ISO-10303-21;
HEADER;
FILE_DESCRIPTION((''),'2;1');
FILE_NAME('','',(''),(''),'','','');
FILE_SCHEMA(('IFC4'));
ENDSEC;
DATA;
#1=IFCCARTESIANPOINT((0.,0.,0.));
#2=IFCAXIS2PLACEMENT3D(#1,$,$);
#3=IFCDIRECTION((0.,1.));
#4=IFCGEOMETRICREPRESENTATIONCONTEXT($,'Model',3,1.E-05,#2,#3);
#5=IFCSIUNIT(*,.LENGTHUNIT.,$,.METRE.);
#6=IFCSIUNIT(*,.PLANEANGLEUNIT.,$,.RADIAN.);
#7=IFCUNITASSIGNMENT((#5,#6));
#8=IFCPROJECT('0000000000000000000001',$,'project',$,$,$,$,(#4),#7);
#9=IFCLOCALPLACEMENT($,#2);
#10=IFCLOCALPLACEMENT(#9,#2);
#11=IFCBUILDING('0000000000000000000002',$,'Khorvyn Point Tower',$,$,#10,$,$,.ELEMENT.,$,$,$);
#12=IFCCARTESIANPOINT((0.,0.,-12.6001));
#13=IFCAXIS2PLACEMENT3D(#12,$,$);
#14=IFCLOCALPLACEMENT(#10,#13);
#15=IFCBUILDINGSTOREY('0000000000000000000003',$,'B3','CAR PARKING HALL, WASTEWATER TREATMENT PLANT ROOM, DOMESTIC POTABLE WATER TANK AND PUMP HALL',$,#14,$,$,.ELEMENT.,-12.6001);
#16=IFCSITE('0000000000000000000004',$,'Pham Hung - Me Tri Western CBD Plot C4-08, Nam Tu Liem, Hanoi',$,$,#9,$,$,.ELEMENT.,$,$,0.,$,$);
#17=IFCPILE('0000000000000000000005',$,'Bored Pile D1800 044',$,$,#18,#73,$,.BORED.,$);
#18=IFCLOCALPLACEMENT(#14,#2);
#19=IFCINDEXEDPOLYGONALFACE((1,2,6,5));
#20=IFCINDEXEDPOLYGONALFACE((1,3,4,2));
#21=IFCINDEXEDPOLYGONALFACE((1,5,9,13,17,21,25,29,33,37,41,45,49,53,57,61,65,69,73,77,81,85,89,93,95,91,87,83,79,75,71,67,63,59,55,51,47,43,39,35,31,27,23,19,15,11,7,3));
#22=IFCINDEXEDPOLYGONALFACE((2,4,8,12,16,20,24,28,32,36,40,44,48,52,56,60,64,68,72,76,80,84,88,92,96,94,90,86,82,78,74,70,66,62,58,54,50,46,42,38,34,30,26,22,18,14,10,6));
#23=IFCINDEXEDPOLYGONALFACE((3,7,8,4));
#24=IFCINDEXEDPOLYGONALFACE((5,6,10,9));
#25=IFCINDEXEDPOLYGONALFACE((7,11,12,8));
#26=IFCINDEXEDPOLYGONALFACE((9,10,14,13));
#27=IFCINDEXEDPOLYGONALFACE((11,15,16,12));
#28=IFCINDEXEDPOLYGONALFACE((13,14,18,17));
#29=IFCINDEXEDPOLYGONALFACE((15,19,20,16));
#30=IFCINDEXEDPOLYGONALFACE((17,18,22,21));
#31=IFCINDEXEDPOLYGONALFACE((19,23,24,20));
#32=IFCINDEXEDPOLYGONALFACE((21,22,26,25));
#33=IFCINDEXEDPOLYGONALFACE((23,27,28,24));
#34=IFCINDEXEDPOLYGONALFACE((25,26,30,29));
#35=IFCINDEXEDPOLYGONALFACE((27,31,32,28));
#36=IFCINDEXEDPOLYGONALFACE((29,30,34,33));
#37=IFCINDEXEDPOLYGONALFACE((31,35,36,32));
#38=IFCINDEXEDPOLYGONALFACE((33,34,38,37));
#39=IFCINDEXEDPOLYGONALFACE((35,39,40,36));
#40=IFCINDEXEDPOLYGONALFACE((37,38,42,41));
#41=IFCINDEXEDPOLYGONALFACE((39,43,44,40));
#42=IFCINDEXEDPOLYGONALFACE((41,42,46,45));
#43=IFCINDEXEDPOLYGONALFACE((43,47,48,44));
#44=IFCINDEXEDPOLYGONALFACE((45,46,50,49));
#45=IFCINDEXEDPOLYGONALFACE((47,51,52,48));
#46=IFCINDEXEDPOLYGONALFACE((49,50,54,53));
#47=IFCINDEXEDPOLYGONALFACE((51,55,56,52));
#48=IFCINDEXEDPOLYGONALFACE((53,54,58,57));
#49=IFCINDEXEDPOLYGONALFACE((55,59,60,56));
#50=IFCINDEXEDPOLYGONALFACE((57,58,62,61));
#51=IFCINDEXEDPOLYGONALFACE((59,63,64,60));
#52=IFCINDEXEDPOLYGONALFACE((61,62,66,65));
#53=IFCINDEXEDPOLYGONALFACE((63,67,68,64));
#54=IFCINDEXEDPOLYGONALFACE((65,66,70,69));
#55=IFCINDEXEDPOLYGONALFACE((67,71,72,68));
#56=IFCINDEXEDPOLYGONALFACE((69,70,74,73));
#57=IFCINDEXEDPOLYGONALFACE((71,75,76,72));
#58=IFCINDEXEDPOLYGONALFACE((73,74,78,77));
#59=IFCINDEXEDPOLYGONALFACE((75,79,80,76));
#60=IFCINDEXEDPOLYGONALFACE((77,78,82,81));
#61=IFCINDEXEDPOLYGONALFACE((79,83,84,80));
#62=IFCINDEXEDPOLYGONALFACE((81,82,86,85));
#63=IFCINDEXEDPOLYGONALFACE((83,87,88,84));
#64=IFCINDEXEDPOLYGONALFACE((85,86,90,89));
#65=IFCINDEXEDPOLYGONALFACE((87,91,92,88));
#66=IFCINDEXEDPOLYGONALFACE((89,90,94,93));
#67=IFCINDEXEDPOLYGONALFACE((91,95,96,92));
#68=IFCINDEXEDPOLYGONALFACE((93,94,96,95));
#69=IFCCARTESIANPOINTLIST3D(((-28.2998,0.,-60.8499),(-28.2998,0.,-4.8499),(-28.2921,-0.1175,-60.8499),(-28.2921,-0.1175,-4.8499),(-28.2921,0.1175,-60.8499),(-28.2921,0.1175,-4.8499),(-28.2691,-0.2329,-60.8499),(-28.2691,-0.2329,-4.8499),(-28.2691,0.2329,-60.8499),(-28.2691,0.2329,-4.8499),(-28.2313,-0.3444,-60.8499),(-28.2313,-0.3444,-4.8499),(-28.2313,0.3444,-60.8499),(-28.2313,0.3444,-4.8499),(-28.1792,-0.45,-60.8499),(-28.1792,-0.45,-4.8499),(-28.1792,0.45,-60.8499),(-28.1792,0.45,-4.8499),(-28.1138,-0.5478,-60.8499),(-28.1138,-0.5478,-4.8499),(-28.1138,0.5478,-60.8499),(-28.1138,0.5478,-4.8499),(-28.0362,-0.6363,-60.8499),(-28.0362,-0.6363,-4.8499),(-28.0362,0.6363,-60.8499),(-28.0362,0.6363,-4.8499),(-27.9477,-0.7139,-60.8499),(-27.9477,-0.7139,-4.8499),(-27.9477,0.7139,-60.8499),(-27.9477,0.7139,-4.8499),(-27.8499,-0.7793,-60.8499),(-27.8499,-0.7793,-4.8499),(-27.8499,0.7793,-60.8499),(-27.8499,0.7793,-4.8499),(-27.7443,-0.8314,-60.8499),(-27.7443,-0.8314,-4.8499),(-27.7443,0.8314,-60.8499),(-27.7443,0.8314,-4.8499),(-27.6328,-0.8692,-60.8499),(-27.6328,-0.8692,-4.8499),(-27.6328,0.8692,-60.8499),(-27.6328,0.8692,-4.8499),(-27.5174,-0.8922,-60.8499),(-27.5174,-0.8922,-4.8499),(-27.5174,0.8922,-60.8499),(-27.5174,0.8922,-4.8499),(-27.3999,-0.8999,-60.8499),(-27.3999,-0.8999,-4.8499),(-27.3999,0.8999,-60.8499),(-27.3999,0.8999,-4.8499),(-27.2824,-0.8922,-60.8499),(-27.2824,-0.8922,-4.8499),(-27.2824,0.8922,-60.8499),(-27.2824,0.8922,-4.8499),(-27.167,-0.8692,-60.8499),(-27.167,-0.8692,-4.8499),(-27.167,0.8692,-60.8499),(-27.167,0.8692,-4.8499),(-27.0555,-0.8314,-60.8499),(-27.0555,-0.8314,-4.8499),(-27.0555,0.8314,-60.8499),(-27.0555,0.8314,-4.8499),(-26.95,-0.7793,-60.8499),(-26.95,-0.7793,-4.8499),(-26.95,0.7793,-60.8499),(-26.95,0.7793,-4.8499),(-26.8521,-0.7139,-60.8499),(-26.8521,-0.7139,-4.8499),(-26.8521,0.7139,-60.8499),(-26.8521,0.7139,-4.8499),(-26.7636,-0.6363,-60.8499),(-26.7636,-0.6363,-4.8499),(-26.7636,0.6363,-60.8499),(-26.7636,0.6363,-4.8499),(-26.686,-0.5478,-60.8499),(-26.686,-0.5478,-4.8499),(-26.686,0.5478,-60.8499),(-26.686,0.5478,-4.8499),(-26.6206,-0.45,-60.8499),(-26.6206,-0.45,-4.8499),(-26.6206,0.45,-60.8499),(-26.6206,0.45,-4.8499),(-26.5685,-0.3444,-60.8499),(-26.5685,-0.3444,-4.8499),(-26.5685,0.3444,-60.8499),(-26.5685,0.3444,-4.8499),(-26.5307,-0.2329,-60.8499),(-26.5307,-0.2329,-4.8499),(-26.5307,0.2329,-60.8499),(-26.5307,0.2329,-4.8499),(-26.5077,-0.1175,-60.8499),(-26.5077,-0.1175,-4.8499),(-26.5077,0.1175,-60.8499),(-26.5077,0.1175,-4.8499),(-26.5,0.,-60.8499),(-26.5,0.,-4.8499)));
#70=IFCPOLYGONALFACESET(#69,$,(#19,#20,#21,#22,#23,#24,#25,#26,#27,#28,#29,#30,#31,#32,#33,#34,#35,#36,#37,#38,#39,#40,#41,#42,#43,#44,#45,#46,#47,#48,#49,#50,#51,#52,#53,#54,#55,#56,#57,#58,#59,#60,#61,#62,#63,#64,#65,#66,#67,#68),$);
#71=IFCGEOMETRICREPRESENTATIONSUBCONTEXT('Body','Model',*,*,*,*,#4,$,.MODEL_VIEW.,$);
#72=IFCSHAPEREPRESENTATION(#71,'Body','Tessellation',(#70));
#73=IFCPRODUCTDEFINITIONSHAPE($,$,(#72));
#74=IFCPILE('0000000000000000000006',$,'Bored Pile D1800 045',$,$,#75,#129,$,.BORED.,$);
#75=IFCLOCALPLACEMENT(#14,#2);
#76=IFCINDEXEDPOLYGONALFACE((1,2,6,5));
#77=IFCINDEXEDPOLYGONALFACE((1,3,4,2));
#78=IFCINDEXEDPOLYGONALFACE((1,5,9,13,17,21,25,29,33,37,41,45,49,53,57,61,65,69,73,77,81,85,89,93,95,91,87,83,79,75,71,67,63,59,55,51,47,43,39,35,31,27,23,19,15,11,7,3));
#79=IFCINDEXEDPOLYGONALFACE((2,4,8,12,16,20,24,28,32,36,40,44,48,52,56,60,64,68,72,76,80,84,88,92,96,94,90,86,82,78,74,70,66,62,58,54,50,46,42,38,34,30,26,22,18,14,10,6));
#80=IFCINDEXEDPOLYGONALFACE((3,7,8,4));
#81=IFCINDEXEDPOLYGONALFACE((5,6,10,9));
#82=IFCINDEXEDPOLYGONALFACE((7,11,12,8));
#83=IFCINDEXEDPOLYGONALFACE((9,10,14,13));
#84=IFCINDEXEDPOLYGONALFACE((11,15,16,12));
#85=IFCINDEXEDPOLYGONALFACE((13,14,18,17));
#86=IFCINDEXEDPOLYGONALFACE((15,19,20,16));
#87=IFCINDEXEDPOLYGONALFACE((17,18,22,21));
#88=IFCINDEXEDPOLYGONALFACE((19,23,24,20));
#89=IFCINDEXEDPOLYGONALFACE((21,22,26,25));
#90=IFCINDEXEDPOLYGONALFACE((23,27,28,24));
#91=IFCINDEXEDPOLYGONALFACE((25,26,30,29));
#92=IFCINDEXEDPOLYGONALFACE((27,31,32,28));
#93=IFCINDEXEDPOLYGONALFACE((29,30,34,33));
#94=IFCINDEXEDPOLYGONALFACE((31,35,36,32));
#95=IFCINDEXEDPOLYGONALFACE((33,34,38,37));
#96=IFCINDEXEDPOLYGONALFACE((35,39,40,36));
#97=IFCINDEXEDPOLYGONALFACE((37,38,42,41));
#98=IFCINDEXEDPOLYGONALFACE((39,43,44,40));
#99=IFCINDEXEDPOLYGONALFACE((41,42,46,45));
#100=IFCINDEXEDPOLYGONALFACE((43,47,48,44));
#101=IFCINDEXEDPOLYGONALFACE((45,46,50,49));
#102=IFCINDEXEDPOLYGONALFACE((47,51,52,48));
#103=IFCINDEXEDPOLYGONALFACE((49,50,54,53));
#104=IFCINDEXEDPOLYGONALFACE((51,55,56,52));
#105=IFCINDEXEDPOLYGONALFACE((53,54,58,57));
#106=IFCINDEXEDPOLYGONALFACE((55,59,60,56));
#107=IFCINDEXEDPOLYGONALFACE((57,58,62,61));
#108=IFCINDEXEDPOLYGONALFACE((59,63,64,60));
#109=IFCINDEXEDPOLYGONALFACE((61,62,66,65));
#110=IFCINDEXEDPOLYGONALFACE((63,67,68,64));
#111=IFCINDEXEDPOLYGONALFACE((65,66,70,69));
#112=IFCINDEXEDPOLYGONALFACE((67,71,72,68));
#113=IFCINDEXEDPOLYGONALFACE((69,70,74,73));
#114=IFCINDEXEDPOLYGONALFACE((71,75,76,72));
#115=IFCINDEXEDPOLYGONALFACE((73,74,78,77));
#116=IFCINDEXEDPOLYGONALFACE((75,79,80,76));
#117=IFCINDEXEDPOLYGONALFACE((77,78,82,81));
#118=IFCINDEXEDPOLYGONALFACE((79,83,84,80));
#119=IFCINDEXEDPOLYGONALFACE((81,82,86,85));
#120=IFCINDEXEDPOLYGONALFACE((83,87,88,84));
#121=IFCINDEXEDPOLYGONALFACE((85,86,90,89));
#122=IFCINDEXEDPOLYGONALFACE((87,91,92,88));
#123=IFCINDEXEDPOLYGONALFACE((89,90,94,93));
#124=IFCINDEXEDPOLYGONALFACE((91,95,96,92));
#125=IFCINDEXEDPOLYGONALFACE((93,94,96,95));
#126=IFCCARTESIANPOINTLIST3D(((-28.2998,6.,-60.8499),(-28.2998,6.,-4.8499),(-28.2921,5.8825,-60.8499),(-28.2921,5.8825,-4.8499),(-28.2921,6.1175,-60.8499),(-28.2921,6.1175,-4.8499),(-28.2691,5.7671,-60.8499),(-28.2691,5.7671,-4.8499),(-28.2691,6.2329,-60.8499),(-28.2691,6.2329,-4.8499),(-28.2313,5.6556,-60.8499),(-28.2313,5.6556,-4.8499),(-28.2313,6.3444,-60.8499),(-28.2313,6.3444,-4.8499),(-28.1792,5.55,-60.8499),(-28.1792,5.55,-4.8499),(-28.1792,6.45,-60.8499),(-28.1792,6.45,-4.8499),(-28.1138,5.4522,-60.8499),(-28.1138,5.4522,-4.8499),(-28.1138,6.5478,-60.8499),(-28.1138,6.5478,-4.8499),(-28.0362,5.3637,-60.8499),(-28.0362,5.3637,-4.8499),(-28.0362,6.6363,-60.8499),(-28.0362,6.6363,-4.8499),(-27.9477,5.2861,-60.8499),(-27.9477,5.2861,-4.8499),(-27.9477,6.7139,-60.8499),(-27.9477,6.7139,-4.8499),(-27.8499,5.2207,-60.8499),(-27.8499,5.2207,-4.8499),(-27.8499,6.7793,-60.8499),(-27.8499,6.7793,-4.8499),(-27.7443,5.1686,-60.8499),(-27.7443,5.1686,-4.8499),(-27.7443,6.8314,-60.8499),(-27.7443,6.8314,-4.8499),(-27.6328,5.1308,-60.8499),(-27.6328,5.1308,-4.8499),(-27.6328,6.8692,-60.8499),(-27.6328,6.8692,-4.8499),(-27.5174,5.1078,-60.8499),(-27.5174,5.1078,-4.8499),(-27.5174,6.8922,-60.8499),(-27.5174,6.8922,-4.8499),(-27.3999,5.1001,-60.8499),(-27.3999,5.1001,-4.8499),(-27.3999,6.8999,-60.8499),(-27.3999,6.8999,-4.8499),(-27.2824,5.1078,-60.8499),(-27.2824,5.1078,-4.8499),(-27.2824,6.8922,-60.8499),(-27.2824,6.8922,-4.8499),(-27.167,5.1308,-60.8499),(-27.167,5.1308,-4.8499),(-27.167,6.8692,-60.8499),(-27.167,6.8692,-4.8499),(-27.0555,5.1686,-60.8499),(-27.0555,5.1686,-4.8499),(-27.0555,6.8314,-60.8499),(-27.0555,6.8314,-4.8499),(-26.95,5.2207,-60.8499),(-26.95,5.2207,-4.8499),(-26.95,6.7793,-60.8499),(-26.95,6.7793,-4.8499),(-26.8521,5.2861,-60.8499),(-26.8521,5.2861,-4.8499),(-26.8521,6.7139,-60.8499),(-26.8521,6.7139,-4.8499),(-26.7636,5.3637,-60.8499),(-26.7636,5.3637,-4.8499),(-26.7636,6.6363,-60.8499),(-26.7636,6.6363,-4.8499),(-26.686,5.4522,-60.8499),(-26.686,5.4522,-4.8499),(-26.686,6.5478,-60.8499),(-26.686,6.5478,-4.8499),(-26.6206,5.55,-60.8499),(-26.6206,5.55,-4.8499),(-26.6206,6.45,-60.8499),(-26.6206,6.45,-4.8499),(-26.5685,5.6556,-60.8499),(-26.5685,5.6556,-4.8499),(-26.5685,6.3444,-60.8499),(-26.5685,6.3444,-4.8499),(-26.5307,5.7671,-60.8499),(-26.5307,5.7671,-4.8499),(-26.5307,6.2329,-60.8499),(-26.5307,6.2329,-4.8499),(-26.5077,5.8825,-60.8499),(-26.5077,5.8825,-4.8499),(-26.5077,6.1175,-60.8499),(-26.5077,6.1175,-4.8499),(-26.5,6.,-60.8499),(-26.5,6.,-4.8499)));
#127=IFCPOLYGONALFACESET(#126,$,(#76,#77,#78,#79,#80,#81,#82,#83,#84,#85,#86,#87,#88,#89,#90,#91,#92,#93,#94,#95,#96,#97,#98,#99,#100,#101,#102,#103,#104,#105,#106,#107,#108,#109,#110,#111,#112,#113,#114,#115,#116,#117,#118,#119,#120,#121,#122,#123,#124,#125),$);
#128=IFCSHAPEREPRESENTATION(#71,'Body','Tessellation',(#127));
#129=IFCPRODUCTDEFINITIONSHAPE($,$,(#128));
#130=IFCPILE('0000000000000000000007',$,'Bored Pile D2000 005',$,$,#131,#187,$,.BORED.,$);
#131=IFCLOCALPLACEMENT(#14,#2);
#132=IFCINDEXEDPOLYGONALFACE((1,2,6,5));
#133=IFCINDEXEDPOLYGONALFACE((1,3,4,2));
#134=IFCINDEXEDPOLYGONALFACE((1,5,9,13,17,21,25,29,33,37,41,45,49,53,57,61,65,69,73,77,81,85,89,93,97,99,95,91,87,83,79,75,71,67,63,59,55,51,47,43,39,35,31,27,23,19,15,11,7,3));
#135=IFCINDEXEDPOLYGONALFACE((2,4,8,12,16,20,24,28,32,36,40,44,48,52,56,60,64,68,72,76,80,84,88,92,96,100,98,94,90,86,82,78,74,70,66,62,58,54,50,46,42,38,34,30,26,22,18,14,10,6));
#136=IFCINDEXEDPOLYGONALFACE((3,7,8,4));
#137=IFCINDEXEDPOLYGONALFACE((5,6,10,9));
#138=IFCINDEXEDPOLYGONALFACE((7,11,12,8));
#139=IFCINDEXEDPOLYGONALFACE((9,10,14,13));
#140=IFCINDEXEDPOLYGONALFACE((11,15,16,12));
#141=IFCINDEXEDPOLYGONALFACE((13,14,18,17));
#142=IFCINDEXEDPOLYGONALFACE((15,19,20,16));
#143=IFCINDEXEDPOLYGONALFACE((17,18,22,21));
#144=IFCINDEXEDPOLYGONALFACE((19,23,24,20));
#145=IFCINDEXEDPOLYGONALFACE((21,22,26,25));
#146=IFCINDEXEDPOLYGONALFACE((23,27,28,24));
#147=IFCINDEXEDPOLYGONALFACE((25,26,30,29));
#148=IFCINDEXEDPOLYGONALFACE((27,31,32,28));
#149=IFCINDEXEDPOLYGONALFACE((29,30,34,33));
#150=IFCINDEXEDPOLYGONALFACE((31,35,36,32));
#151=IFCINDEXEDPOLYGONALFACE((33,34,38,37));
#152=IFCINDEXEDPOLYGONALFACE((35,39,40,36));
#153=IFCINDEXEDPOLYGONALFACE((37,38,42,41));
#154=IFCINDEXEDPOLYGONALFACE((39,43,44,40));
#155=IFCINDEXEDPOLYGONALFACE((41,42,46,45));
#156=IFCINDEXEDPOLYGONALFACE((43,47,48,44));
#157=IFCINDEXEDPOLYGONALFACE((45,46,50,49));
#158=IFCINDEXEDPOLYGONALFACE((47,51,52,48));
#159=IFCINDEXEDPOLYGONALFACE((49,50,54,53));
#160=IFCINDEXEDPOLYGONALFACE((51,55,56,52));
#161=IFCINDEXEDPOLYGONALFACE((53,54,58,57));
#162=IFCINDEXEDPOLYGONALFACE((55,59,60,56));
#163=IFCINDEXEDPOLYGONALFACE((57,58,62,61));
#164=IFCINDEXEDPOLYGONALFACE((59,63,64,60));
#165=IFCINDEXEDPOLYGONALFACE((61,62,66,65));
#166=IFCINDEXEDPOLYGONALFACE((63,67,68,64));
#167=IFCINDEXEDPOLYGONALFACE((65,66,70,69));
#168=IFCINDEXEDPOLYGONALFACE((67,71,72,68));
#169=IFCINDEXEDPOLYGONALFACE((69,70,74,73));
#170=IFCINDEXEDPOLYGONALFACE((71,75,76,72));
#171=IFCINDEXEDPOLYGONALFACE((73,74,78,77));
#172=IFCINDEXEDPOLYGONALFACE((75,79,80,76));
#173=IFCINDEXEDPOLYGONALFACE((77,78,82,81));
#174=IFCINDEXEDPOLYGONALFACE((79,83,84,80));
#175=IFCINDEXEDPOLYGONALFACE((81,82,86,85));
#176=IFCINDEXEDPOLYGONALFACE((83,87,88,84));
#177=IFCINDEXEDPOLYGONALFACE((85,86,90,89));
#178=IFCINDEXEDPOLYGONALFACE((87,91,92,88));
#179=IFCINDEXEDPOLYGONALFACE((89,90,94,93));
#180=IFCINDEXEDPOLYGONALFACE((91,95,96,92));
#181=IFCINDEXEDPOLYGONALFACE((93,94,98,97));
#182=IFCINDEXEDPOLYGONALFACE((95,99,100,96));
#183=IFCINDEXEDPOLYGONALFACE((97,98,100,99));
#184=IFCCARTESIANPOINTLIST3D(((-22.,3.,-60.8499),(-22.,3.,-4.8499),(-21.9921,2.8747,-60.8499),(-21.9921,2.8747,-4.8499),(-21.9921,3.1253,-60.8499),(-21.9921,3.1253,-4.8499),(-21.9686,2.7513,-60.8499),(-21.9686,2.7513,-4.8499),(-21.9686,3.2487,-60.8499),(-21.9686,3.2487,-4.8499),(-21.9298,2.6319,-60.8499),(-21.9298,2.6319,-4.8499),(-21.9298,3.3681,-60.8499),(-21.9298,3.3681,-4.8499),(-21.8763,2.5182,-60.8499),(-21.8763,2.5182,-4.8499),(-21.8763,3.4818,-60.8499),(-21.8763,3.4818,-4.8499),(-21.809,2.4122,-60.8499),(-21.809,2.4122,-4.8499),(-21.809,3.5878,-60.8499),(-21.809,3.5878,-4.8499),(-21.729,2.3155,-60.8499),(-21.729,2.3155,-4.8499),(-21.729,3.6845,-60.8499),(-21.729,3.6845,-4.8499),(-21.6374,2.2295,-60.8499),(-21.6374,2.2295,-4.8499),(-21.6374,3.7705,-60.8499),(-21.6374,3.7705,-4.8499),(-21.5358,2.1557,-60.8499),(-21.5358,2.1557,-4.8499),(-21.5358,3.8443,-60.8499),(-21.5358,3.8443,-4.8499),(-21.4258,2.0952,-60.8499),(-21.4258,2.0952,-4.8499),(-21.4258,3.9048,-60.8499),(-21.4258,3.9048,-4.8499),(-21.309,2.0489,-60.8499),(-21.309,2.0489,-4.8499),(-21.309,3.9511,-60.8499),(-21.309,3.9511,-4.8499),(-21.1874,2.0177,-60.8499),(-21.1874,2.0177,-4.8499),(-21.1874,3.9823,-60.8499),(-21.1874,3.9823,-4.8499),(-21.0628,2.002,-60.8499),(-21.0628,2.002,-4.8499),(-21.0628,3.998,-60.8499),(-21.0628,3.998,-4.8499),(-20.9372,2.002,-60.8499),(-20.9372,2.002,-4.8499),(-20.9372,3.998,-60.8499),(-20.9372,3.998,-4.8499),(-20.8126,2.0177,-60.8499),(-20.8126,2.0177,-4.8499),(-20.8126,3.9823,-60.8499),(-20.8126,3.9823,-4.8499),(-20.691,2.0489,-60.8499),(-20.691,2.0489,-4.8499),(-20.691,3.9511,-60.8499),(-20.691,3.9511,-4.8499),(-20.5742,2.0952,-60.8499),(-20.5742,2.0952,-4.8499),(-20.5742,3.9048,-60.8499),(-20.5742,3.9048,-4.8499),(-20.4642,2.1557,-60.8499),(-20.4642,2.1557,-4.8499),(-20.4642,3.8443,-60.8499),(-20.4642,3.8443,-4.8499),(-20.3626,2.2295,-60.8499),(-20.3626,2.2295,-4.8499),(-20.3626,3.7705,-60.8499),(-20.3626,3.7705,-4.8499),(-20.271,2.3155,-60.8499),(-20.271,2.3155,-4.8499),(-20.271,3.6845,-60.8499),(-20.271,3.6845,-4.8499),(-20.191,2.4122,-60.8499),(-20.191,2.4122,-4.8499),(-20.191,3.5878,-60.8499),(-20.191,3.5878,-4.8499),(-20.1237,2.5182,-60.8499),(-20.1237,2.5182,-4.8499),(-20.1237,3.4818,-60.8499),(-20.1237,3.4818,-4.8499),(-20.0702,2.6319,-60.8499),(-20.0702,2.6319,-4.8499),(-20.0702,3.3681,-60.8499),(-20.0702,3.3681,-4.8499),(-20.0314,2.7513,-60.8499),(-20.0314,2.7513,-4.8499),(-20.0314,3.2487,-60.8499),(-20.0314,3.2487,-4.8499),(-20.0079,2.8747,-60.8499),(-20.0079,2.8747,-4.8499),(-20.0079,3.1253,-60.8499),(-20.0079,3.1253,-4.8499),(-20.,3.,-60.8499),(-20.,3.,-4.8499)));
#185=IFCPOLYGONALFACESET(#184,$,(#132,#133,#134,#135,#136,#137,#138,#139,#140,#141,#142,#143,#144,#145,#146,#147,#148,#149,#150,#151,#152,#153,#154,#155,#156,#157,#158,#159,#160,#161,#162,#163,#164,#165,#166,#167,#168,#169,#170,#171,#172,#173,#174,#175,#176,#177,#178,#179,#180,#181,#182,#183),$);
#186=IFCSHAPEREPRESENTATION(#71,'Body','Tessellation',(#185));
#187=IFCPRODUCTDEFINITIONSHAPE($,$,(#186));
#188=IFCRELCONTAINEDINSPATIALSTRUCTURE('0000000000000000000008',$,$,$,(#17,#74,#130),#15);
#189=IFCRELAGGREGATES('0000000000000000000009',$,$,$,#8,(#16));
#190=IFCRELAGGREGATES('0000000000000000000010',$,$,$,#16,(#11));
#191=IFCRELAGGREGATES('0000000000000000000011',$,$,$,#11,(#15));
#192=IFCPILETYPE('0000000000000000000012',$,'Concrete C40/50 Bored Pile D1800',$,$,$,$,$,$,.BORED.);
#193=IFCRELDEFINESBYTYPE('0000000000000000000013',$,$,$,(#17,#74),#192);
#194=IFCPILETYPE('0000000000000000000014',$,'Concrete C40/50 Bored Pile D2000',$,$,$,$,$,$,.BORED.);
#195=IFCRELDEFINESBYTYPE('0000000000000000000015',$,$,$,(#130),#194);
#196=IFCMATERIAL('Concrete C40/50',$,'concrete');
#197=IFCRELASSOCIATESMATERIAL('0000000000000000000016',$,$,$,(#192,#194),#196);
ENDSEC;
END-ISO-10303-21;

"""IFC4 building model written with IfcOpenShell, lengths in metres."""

from ifc_helpers import new_model, si_unit, direction, frame, origin, origin_2d, place, context, subcontext, project, spatial, circle, extrude, material, material_profile, profile_set, type_object, element, save


model = new_model("IFC4")

# Units and contexts
model_context = context("Model", 3, precision=1e-05, world=origin(), true_north=direction((0.0, 1.0)))
body_context = subcontext(model_context, "Body", "Model", "MODEL_VIEW")
ifc_project = project(units=[si_unit("LENGTHUNIT", "METRE"), si_unit("PLANEANGLEUNIT", "RADIAN")], contexts=[model_context])

# Site, building, storey
site_placement = place(None, origin())
site = spatial("IfcSite", under=ifc_project, at=site_placement, Name="Pham Hung - Me Tri Western CBD Plot C4-08, Nam Tu Liem, Hanoi", CompositionType="ELEMENT", RefElevation=0.0)
building_placement = place(site_placement, origin())
building = spatial("IfcBuilding", under=site, at=building_placement, Name="Khorvyn Point Tower", CompositionType="ELEMENT")
storey_placement = place(building_placement, frame((0.0, 0.0, -12.6001)))
storey = spatial("IfcBuildingStorey", under=building, at=storey_placement, Name="B3", Description="CAR PARKING HALL, WASTEWATER TREATMENT PLANT ROOM, DOMESTIC POTABLE WATER TANK AND PUMP HALL", CompositionType="ELEMENT", Elevation=-12.6001)

# Piles
ifc_material_1 = material(Name="Concrete C40/50", Category="concrete")
ifc_material_profile_1 = material_profile(ifc_material_1, circle(Radius=0.8999, at=origin_2d()))
ifc_profile_set_1 = profile_set([ifc_material_profile_1], Name="Concrete C40/50 PILE-D1800")
pile_type_1 = type_object("IfcPileType", Name="Concrete C40/50 Bored Pile D1800", PredefinedType="BORED", material=ifc_profile_set_1)
for number, where, z_axis, x_axis, name in (
    (1, (-27.3999, 0.0, -4.8499), (0.0, 0.0, -1.0), (1.0, 0.0, 0.0), "Bored Pile D1800 044"),
    (2, (-27.3999, 6.0, -4.8499), (0.0, 0.0, -1.0), (1.0, 0.0, 0.0), "Bored Pile D1800 045"),
):
    element("IfcPile", number, at=place(storey_placement, frame(where, z_axis=z_axis, x_axis=x_axis)), inside=storey, type_object=pile_type_1, Name=name, PredefinedType="BORED", context=body_context, shape_type="SweptSolid", body=[
        extrude(circle(Radius=0.8999, at=origin_2d()), origin(), (0.0, 0.0, 1.0), 56.0),
    ])
ifc_material_profile_2 = material_profile(ifc_material_1, circle(Radius=1.0, at=origin_2d()))
ifc_profile_set_2 = profile_set([ifc_material_profile_2], Name="Concrete C40/50 PILE-D2000")
pile_type_2 = type_object("IfcPileType", Name="Concrete C40/50 Bored Pile D2000", PredefinedType="BORED", material=ifc_profile_set_2)
for number, where, z_axis, x_axis, name in (
    (3, (-21.0, 3.0, -4.8499), (0.0, 0.0, -1.0), (1.0, 0.0, 0.0), "Bored Pile D2000 005"),
):
    element("IfcPile", number, at=place(storey_placement, frame(where, z_axis=z_axis, x_axis=x_axis)), inside=storey, type_object=pile_type_2, Name=name, PredefinedType="BORED", context=body_context, shape_type="SweptSolid", body=[
        extrude(circle(Radius=1.0, at=origin_2d()), origin(), (0.0, 0.0, 1.0), 56.0),
    ])

save(model, "model.ifc")
